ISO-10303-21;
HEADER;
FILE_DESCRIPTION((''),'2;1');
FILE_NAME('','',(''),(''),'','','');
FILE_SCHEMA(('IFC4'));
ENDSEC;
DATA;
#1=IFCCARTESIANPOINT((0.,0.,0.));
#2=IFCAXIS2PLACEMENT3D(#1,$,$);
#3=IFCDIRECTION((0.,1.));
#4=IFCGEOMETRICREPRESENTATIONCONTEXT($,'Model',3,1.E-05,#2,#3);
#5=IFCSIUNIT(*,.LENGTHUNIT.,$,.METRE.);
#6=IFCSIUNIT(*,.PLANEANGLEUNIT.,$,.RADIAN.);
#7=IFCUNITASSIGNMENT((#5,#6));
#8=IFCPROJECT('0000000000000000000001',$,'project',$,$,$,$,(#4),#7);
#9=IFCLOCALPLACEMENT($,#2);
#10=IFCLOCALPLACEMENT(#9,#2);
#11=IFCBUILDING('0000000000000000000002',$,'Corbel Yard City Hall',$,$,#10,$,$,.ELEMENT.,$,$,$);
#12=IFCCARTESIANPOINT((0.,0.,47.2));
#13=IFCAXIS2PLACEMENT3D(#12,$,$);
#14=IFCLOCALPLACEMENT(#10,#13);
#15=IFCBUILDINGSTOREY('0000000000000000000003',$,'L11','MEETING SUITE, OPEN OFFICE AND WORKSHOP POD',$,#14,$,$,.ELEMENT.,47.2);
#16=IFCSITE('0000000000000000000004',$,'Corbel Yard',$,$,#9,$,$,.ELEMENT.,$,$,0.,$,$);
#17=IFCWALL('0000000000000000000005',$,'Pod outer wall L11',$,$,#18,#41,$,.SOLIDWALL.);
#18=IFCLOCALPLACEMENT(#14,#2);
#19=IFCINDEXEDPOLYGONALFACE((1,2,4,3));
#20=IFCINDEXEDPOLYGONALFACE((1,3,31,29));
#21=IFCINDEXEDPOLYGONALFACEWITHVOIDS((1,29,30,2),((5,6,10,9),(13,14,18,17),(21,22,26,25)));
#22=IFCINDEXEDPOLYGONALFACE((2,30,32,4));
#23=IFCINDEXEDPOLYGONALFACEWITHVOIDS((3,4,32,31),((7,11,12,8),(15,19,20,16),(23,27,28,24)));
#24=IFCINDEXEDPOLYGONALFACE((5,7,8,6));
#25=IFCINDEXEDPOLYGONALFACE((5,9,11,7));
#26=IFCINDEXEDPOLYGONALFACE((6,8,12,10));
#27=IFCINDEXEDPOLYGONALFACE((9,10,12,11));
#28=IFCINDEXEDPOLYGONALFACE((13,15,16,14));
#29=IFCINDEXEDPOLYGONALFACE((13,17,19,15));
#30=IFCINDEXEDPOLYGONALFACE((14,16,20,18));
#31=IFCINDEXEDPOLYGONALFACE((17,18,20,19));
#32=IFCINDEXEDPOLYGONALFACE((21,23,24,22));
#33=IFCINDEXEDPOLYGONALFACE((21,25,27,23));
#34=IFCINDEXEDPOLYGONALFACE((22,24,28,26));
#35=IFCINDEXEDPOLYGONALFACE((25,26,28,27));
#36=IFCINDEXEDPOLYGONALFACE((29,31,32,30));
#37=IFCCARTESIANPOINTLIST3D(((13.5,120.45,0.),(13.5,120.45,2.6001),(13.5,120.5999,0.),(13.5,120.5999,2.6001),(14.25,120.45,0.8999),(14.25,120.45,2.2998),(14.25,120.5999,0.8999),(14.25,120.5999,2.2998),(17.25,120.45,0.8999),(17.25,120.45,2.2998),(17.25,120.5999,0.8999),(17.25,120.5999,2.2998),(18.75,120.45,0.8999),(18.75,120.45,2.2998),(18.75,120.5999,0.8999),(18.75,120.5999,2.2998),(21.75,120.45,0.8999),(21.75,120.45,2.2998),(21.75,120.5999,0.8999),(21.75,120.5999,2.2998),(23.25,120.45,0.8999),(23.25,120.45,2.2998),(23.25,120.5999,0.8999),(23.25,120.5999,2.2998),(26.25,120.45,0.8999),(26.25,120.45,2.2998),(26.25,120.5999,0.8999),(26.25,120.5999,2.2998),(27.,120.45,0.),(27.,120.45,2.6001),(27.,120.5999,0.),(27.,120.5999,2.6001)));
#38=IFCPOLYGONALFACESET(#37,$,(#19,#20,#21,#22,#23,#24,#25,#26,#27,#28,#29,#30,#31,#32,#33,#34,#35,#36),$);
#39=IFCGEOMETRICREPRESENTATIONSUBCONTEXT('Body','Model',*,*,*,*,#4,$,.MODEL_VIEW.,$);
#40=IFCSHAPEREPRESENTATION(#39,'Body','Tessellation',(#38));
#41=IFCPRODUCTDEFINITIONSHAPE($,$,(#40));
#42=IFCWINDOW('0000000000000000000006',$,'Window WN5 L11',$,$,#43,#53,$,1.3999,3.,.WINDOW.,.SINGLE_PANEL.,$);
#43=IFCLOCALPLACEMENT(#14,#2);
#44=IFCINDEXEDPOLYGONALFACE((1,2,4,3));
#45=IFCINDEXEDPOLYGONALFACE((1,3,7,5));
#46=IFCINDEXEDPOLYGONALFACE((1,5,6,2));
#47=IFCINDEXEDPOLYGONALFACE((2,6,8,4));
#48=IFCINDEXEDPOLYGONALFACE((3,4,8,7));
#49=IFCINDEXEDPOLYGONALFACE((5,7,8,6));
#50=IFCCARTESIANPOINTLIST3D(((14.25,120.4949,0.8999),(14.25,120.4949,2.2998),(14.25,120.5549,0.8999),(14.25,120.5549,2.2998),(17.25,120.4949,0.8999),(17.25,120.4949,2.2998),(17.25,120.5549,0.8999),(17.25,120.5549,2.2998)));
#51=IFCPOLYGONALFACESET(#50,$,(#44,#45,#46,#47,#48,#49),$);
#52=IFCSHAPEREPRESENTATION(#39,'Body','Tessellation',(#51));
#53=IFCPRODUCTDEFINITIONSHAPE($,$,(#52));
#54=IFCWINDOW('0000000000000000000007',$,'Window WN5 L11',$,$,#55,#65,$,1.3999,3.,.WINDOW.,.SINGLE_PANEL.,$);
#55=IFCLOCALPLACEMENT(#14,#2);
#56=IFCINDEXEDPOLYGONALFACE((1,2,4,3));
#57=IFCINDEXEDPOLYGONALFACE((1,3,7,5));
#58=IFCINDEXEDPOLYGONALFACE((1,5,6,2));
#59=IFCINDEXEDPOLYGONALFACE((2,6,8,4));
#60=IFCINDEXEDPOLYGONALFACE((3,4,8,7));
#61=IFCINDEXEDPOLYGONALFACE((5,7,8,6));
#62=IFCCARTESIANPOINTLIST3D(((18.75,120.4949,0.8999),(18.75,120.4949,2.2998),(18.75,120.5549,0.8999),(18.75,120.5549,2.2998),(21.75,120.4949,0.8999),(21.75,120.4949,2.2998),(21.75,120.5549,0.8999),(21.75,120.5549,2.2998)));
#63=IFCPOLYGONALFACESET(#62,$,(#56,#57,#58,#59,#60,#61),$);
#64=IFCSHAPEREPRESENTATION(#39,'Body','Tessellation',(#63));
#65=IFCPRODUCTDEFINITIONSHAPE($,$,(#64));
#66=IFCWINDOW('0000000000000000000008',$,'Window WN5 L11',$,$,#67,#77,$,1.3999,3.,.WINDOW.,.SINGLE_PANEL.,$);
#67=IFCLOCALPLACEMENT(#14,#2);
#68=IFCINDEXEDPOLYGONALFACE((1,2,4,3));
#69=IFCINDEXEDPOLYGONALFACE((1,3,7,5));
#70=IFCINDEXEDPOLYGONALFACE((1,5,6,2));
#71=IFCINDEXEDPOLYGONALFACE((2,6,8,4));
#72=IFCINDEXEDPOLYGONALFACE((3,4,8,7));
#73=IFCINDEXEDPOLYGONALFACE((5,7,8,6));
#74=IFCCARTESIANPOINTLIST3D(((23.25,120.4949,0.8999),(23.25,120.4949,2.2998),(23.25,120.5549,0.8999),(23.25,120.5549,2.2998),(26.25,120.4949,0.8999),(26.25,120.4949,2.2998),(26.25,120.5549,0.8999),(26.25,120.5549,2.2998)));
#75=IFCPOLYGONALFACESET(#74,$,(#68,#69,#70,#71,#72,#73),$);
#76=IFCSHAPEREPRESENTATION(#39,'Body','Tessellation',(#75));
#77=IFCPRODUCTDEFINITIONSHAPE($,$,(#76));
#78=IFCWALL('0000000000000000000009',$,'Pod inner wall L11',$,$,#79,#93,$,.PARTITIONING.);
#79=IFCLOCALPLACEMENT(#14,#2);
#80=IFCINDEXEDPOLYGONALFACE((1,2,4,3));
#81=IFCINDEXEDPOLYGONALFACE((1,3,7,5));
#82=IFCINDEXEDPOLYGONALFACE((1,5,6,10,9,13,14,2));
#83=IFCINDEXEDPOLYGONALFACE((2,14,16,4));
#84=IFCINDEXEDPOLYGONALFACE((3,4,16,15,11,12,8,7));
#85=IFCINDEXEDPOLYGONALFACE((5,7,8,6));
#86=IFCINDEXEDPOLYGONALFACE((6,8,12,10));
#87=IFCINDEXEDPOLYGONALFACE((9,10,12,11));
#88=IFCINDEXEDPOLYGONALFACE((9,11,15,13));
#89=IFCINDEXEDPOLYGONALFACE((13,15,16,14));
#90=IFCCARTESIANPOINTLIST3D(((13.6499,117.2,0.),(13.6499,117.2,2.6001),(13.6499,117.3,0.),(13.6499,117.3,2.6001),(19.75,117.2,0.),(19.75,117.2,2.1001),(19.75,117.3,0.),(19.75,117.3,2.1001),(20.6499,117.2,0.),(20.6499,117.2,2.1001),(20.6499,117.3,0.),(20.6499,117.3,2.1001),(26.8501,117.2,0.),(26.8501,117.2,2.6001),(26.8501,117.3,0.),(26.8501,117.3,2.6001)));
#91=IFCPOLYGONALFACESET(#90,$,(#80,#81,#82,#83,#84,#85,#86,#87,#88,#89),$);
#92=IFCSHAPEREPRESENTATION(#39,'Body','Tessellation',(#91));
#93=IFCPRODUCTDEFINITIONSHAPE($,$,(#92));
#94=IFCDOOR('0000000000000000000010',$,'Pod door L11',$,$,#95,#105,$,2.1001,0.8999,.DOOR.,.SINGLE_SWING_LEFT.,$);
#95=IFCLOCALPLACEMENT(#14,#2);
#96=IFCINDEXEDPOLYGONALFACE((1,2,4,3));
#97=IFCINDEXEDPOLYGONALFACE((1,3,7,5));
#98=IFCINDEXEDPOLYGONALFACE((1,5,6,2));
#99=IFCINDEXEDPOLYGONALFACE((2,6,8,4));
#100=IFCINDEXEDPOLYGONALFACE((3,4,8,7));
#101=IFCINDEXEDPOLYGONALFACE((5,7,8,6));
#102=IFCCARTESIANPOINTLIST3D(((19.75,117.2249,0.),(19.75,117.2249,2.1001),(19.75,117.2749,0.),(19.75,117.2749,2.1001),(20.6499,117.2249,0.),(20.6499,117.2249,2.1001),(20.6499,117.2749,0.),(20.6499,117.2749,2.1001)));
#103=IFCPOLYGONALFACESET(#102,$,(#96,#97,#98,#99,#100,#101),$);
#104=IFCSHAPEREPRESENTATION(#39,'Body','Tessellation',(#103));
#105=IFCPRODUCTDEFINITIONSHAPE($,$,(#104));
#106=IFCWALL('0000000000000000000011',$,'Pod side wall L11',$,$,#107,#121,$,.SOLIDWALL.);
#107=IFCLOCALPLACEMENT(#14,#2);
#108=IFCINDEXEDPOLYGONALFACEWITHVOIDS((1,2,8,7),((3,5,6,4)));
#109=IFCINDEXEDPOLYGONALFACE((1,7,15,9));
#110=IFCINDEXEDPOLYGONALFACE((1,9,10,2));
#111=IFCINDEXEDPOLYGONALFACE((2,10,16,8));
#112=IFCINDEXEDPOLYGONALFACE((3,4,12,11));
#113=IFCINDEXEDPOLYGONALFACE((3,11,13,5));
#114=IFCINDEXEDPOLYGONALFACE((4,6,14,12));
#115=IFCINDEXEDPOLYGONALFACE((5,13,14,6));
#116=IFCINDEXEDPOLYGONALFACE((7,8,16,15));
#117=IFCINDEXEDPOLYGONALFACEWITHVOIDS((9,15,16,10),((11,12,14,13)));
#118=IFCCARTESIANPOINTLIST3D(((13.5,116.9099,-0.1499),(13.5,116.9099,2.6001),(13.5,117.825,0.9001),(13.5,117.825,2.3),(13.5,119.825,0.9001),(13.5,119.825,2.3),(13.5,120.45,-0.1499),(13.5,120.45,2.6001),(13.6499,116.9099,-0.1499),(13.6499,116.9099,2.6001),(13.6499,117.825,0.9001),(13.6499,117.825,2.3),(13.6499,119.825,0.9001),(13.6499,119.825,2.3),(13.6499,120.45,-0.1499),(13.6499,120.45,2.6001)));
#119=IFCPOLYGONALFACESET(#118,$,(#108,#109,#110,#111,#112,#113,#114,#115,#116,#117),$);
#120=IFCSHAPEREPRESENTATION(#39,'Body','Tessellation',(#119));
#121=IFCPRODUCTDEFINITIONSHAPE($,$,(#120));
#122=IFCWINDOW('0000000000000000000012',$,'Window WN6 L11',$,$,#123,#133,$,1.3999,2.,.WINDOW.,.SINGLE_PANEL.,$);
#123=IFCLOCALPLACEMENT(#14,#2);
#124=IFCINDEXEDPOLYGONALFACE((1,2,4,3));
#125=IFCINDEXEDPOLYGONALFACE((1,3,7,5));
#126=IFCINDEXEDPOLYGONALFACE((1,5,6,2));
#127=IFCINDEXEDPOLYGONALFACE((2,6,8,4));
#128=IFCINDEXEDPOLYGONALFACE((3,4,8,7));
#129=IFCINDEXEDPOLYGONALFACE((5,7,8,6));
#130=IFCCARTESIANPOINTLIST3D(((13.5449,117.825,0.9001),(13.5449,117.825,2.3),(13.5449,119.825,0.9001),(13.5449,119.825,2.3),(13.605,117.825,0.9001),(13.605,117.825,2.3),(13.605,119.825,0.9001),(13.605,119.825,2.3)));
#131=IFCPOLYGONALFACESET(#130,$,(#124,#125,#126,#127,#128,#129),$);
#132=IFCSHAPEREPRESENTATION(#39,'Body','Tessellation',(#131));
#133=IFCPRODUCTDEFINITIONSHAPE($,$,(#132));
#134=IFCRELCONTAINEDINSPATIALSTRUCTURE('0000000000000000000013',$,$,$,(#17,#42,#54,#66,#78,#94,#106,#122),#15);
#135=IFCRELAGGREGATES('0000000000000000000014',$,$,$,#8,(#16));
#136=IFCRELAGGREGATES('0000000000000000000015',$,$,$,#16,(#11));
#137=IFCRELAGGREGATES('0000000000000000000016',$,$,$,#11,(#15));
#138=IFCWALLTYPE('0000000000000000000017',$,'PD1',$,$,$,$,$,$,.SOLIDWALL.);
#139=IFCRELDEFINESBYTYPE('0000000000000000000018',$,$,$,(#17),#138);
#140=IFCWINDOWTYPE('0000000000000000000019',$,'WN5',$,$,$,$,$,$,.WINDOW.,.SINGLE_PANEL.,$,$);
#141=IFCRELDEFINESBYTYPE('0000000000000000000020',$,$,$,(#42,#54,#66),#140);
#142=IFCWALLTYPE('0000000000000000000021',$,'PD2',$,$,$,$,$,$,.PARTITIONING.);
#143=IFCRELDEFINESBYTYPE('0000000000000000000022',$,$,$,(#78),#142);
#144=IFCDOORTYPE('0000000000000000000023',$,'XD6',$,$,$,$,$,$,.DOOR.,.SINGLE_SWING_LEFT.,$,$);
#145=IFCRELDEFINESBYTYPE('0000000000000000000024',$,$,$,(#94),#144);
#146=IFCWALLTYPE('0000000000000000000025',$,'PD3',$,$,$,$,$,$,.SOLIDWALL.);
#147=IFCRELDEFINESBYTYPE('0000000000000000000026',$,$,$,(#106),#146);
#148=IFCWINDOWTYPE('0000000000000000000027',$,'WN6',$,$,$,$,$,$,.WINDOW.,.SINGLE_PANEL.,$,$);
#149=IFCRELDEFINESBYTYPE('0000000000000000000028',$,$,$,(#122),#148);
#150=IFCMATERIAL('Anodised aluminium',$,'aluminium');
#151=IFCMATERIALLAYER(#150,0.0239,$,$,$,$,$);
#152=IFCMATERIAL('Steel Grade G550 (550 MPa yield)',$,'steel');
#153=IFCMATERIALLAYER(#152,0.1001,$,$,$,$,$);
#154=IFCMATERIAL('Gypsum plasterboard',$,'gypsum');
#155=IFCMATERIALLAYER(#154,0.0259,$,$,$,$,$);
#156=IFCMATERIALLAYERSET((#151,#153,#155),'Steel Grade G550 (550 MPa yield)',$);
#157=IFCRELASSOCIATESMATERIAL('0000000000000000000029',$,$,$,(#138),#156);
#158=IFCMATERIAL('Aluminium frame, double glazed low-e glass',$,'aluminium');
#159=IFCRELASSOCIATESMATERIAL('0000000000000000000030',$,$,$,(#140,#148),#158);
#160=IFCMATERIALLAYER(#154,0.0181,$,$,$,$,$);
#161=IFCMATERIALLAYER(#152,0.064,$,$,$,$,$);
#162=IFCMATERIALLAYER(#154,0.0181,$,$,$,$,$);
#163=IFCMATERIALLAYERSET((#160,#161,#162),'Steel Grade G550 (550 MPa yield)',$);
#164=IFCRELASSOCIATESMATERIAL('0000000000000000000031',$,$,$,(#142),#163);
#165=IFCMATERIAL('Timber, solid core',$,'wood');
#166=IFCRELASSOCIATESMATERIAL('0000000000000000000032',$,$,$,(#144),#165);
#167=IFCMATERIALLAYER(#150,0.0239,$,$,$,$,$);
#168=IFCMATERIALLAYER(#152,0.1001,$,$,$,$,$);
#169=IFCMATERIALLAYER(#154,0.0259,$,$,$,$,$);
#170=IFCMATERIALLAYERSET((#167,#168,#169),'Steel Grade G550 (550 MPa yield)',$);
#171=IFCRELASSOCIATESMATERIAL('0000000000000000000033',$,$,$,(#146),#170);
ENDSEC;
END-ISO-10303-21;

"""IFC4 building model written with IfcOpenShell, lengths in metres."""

from ifc_helpers import new_model, si_unit, direction, frame, frame_2d, origin, place, context, subcontext, project, spatial, rectangle, extrude, material, layer, layer_set, type_object, element, fill, save


model = new_model("IFC4")

# Units and contexts
model_context = context("Model", 3, precision=1e-05, world=origin(), true_north=direction((0.0, 1.0)))
body_context = subcontext(model_context, "Body", "Model", "MODEL_VIEW")
ifc_project = project(units=[si_unit("LENGTHUNIT", "METRE"), si_unit("PLANEANGLEUNIT", "RADIAN")], contexts=[model_context])

# Site, building, storey
site_placement = place(None, origin())
site = spatial("IfcSite", under=ifc_project, at=site_placement, Name="Corbel Yard", CompositionType="ELEMENT", RefElevation=0.0)
building_placement = place(site_placement, origin())
building = spatial("IfcBuilding", under=site, at=building_placement, Name="Corbel Yard City Hall", CompositionType="ELEMENT")
storey_placement = place(building_placement, frame((0.0, 0.0, 47.2)))
storey = spatial("IfcBuildingStorey", under=building, at=storey_placement, Name="L11", Description="MEETING SUITE, OPEN OFFICE AND WORKSHOP POD", CompositionType="ELEMENT", Elevation=47.2)

# Wall, openings, windows
ifc_material_1 = material(Name="Anodised aluminium", Category="aluminium")
ifc_layer_1 = layer(ifc_material_1, 0.0239)
ifc_material_2 = material(Name="Steel Grade G550 (550 MPa yield)", Category="steel")
ifc_layer_2 = layer(ifc_material_2, 0.1001)
ifc_material_3 = material(Name="Gypsum plasterboard", Category="gypsum")
ifc_layer_3 = layer(ifc_material_3, 0.0259)
ifc_layer_set_1 = layer_set([ifc_layer_1, ifc_layer_2, ifc_layer_3], Name="Steel Grade G550 (550 MPa yield)")
wall_type_1 = type_object("IfcWallType", Name="PD1", PredefinedType="SOLIDWALL", material=ifc_layer_set_1)
wall_1_placement = place(storey_placement, frame((13.5, 120.5249, 0.0), z_axis=(0.0, 0.0, 1.0), x_axis=(1.0, 0.0, 0.0)))
wall_1 = element("IfcWall", 1, at=wall_1_placement, inside=storey, type_object=wall_type_1, Name="Pod outer wall L11", PredefinedType="SOLIDWALL", context=body_context, shape_type="SweptSolid", body=[
    extrude(rectangle(XDim=13.5, YDim=0.1499, at=frame_2d((6.75, 0.0))), origin(), (0.0, 0.0, 1.0), 2.6001),
])
opening_1_placement = place(wall_1_placement, frame((0.75, 0.0, 0.8999)))
opening_1 = element("IfcOpeningElement", 2, at=opening_1_placement, cuts=wall_1, PredefinedType="OPENING", context=body_context, shape_type="SweptSolid", body=[
    extrude(rectangle(XDim=3.0, YDim=1.3999, at=frame_2d((1.5, 0.7))), frame((0.0, 0.085, 0.0), z_axis=(0.0, -1.0, 0.0), x_axis=(1.0, 0.0, 0.0)), (0.0, 0.0, 1.0), 0.1699),
])
opening_2_placement = place(wall_1_placement, frame((5.25, 0.0, 0.8999)))
opening_2 = element("IfcOpeningElement", 3, at=opening_2_placement, cuts=wall_1, PredefinedType="OPENING", context=body_context, shape_type="SweptSolid", body=[
    extrude(rectangle(XDim=3.0, YDim=1.3999, at=frame_2d((1.5, 0.7))), frame((0.0, 0.085, 0.0), z_axis=(0.0, -1.0, 0.0), x_axis=(1.0, 0.0, 0.0)), (0.0, 0.0, 1.0), 0.1699),
])
opening_3_placement = place(wall_1_placement, frame((9.75, 0.0, 0.8999)))
opening_3 = element("IfcOpeningElement", 4, at=opening_3_placement, cuts=wall_1, PredefinedType="OPENING", context=body_context, shape_type="SweptSolid", body=[
    extrude(rectangle(XDim=3.0, YDim=1.3999, at=frame_2d((1.5, 0.7))), frame((0.0, 0.085, 0.0), z_axis=(0.0, -1.0, 0.0), x_axis=(1.0, 0.0, 0.0)), (0.0, 0.0, 1.0), 0.1699),
])
ifc_material_4 = material(Name="Aluminium frame, double glazed low-e glass", Category="aluminium")
window_type_1 = type_object("IfcWindowType", Name="WN5", PartitioningType="SINGLE_PANEL", PredefinedType="WINDOW", material=ifc_material_4)
window_1_placement = place(opening_1_placement, origin())
window_1 = element("IfcWindow", 5, at=window_1_placement, inside=storey, type_object=window_type_1, Name="Window WN5 L11", OverallHeight=1.3999, OverallWidth=3.0, PartitioningType="SINGLE_PANEL", PredefinedType="WINDOW", context=body_context, shape_type="SweptSolid", body=[
    extrude(rectangle(XDim=3.0, YDim=1.3999, at=frame_2d((1.5, 0.7))), frame((0.0, 0.03, 0.0), z_axis=(0.0, -1.0, 0.0), x_axis=(1.0, 0.0, 0.0)), (0.0, 0.0, 1.0), 0.0601),
])
fill(opening_1, window_1)
window_2_placement = place(opening_2_placement, origin())
window_2 = element("IfcWindow", 6, at=window_2_placement, inside=storey, type_object=window_type_1, Name="Window WN5 L11", OverallHeight=1.3999, OverallWidth=3.0, PartitioningType="SINGLE_PANEL", PredefinedType="WINDOW", context=body_context, shape_type="SweptSolid", body=[
    extrude(rectangle(XDim=3.0, YDim=1.3999, at=frame_2d((1.5, 0.7))), frame((0.0, 0.03, 0.0), z_axis=(0.0, -1.0, 0.0), x_axis=(1.0, 0.0, 0.0)), (0.0, 0.0, 1.0), 0.0601),
])
fill(opening_2, window_2)
window_3_placement = place(opening_3_placement, origin())
window_3 = element("IfcWindow", 7, at=window_3_placement, inside=storey, type_object=window_type_1, Name="Window WN5 L11", OverallHeight=1.3999, OverallWidth=3.0, PartitioningType="SINGLE_PANEL", PredefinedType="WINDOW", context=body_context, shape_type="SweptSolid", body=[
    extrude(rectangle(XDim=3.0, YDim=1.3999, at=frame_2d((1.5, 0.7))), frame((0.0, 0.03, 0.0), z_axis=(0.0, -1.0, 0.0), x_axis=(1.0, 0.0, 0.0)), (0.0, 0.0, 1.0), 0.0601),
])
fill(opening_3, window_3)

# Wall, opening, door
ifc_layer_4 = layer(ifc_material_3, 0.0181)
ifc_layer_5 = layer(ifc_material_2, 0.064)
ifc_layer_6 = layer(ifc_material_3, 0.0181)
ifc_layer_set_2 = layer_set([ifc_layer_4, ifc_layer_5, ifc_layer_6], Name="Steel Grade G550 (550 MPa yield)")
wall_type_2 = type_object("IfcWallType", Name="PD2", PredefinedType="PARTITIONING", material=ifc_layer_set_2)
wall_2_placement = place(storey_placement, frame((13.6499, 117.25, 0.0), z_axis=(0.0, 0.0, 1.0), x_axis=(1.0, 0.0, 0.0)))
wall_2 = element("IfcWall", 8, at=wall_2_placement, inside=storey, type_object=wall_type_2, Name="Pod inner wall L11", PredefinedType="PARTITIONING", context=body_context, shape_type="SweptSolid", body=[
    extrude(rectangle(XDim=13.2002, YDim=0.1001, at=frame_2d((6.6001, 0.0))), origin(), (0.0, 0.0, 1.0), 2.6001),
])
opening_4_placement = place(wall_2_placement, frame((6.1001, 0.0, 0.0)))
opening_4 = element("IfcOpeningElement", 9, at=opening_4_placement, cuts=wall_2, PredefinedType="OPENING", context=body_context, shape_type="SweptSolid", body=[
    extrude(rectangle(XDim=0.8999, YDim=2.1001, at=frame_2d((0.45, 1.05))), frame((0.0, 0.0601, 0.0), z_axis=(0.0, -1.0, 0.0), x_axis=(1.0, 0.0, 0.0)), (0.0, 0.0, 1.0), 0.1201),
])
ifc_material_5 = material(Name="Timber, solid core", Category="wood")
door_type_1 = type_object("IfcDoorType", Name="XD6", OperationType="SINGLE_SWING_LEFT", PredefinedType="DOOR", material=ifc_material_5)
door_1_placement = place(opening_4_placement, origin())
door_1 = element("IfcDoor", 10, at=door_1_placement, inside=storey, type_object=door_type_1, Name="Pod door L11", OperationType="SINGLE_SWING_LEFT", OverallHeight=2.1001, OverallWidth=0.8999, PredefinedType="DOOR", context=body_context, shape_type="SweptSolid", body=[
    extrude(rectangle(XDim=0.8999, YDim=2.1001, at=frame_2d((0.45, 1.05))), frame((0.0, 0.0249, 0.0), z_axis=(0.0, -1.0, 0.0), x_axis=(1.0, 0.0, 0.0)), (0.0, 0.0, 1.0), 0.05),
])
fill(opening_4, door_1)

# Wall, opening, window
ifc_layer_7 = layer(ifc_material_1, 0.0239)
ifc_layer_8 = layer(ifc_material_2, 0.1001)
ifc_layer_9 = layer(ifc_material_3, 0.0259)
ifc_layer_set_3 = layer_set([ifc_layer_7, ifc_layer_8, ifc_layer_9], Name="Steel Grade G550 (550 MPa yield)")
wall_type_3 = type_object("IfcWallType", Name="PD3", PredefinedType="SOLIDWALL", material=ifc_layer_set_3)
wall_3_placement = place(storey_placement, frame((13.575, 120.45, -0.1499), z_axis=(0.0, 0.0, 1.0), x_axis=(0.0, -1.0, 0.0)))
wall_3 = element("IfcWall", 11, at=wall_3_placement, inside=storey, type_object=wall_type_3, Name="Pod side wall L11", PredefinedType="SOLIDWALL", context=body_context, shape_type="SweptSolid", body=[
    extrude(rectangle(XDim=3.54, YDim=0.1499, at=frame_2d((1.77, 0.0))), origin(), (0.0, 0.0, 1.0), 2.75),
])
opening_5_placement = place(wall_3_placement, frame((0.625, 0.0, 1.05)))
opening_5 = element("IfcOpeningElement", 12, at=opening_5_placement, cuts=wall_3, PredefinedType="OPENING", context=body_context, shape_type="SweptSolid", body=[
    extrude(rectangle(XDim=2.0, YDim=1.3999, at=frame_2d((1.0, 0.7))), frame((0.0, 0.085, 0.0), z_axis=(0.0, -1.0, 0.0), x_axis=(1.0, 0.0, 0.0)), (0.0, 0.0, 1.0), 0.1699),
])
window_type_2 = type_object("IfcWindowType", Name="WN6", PartitioningType="SINGLE_PANEL", PredefinedType="WINDOW", material=ifc_material_4)
window_4_placement = place(opening_5_placement, origin())
window_4 = element("IfcWindow", 13, at=window_4_placement, inside=storey, type_object=window_type_2, Name="Window WN6 L11", OverallHeight=1.3999, OverallWidth=2.0, PartitioningType="SINGLE_PANEL", PredefinedType="WINDOW", context=body_context, shape_type="SweptSolid", body=[
    extrude(rectangle(XDim=2.0, YDim=1.3999, at=frame_2d((1.0, 0.7))), frame((0.0, 0.03, 0.0), z_axis=(0.0, -1.0, 0.0), x_axis=(1.0, 0.0, 0.0)), (0.0, 0.0, 1.0), 0.0601),
])
fill(opening_5, window_4)

save(model, "model.ifc")
